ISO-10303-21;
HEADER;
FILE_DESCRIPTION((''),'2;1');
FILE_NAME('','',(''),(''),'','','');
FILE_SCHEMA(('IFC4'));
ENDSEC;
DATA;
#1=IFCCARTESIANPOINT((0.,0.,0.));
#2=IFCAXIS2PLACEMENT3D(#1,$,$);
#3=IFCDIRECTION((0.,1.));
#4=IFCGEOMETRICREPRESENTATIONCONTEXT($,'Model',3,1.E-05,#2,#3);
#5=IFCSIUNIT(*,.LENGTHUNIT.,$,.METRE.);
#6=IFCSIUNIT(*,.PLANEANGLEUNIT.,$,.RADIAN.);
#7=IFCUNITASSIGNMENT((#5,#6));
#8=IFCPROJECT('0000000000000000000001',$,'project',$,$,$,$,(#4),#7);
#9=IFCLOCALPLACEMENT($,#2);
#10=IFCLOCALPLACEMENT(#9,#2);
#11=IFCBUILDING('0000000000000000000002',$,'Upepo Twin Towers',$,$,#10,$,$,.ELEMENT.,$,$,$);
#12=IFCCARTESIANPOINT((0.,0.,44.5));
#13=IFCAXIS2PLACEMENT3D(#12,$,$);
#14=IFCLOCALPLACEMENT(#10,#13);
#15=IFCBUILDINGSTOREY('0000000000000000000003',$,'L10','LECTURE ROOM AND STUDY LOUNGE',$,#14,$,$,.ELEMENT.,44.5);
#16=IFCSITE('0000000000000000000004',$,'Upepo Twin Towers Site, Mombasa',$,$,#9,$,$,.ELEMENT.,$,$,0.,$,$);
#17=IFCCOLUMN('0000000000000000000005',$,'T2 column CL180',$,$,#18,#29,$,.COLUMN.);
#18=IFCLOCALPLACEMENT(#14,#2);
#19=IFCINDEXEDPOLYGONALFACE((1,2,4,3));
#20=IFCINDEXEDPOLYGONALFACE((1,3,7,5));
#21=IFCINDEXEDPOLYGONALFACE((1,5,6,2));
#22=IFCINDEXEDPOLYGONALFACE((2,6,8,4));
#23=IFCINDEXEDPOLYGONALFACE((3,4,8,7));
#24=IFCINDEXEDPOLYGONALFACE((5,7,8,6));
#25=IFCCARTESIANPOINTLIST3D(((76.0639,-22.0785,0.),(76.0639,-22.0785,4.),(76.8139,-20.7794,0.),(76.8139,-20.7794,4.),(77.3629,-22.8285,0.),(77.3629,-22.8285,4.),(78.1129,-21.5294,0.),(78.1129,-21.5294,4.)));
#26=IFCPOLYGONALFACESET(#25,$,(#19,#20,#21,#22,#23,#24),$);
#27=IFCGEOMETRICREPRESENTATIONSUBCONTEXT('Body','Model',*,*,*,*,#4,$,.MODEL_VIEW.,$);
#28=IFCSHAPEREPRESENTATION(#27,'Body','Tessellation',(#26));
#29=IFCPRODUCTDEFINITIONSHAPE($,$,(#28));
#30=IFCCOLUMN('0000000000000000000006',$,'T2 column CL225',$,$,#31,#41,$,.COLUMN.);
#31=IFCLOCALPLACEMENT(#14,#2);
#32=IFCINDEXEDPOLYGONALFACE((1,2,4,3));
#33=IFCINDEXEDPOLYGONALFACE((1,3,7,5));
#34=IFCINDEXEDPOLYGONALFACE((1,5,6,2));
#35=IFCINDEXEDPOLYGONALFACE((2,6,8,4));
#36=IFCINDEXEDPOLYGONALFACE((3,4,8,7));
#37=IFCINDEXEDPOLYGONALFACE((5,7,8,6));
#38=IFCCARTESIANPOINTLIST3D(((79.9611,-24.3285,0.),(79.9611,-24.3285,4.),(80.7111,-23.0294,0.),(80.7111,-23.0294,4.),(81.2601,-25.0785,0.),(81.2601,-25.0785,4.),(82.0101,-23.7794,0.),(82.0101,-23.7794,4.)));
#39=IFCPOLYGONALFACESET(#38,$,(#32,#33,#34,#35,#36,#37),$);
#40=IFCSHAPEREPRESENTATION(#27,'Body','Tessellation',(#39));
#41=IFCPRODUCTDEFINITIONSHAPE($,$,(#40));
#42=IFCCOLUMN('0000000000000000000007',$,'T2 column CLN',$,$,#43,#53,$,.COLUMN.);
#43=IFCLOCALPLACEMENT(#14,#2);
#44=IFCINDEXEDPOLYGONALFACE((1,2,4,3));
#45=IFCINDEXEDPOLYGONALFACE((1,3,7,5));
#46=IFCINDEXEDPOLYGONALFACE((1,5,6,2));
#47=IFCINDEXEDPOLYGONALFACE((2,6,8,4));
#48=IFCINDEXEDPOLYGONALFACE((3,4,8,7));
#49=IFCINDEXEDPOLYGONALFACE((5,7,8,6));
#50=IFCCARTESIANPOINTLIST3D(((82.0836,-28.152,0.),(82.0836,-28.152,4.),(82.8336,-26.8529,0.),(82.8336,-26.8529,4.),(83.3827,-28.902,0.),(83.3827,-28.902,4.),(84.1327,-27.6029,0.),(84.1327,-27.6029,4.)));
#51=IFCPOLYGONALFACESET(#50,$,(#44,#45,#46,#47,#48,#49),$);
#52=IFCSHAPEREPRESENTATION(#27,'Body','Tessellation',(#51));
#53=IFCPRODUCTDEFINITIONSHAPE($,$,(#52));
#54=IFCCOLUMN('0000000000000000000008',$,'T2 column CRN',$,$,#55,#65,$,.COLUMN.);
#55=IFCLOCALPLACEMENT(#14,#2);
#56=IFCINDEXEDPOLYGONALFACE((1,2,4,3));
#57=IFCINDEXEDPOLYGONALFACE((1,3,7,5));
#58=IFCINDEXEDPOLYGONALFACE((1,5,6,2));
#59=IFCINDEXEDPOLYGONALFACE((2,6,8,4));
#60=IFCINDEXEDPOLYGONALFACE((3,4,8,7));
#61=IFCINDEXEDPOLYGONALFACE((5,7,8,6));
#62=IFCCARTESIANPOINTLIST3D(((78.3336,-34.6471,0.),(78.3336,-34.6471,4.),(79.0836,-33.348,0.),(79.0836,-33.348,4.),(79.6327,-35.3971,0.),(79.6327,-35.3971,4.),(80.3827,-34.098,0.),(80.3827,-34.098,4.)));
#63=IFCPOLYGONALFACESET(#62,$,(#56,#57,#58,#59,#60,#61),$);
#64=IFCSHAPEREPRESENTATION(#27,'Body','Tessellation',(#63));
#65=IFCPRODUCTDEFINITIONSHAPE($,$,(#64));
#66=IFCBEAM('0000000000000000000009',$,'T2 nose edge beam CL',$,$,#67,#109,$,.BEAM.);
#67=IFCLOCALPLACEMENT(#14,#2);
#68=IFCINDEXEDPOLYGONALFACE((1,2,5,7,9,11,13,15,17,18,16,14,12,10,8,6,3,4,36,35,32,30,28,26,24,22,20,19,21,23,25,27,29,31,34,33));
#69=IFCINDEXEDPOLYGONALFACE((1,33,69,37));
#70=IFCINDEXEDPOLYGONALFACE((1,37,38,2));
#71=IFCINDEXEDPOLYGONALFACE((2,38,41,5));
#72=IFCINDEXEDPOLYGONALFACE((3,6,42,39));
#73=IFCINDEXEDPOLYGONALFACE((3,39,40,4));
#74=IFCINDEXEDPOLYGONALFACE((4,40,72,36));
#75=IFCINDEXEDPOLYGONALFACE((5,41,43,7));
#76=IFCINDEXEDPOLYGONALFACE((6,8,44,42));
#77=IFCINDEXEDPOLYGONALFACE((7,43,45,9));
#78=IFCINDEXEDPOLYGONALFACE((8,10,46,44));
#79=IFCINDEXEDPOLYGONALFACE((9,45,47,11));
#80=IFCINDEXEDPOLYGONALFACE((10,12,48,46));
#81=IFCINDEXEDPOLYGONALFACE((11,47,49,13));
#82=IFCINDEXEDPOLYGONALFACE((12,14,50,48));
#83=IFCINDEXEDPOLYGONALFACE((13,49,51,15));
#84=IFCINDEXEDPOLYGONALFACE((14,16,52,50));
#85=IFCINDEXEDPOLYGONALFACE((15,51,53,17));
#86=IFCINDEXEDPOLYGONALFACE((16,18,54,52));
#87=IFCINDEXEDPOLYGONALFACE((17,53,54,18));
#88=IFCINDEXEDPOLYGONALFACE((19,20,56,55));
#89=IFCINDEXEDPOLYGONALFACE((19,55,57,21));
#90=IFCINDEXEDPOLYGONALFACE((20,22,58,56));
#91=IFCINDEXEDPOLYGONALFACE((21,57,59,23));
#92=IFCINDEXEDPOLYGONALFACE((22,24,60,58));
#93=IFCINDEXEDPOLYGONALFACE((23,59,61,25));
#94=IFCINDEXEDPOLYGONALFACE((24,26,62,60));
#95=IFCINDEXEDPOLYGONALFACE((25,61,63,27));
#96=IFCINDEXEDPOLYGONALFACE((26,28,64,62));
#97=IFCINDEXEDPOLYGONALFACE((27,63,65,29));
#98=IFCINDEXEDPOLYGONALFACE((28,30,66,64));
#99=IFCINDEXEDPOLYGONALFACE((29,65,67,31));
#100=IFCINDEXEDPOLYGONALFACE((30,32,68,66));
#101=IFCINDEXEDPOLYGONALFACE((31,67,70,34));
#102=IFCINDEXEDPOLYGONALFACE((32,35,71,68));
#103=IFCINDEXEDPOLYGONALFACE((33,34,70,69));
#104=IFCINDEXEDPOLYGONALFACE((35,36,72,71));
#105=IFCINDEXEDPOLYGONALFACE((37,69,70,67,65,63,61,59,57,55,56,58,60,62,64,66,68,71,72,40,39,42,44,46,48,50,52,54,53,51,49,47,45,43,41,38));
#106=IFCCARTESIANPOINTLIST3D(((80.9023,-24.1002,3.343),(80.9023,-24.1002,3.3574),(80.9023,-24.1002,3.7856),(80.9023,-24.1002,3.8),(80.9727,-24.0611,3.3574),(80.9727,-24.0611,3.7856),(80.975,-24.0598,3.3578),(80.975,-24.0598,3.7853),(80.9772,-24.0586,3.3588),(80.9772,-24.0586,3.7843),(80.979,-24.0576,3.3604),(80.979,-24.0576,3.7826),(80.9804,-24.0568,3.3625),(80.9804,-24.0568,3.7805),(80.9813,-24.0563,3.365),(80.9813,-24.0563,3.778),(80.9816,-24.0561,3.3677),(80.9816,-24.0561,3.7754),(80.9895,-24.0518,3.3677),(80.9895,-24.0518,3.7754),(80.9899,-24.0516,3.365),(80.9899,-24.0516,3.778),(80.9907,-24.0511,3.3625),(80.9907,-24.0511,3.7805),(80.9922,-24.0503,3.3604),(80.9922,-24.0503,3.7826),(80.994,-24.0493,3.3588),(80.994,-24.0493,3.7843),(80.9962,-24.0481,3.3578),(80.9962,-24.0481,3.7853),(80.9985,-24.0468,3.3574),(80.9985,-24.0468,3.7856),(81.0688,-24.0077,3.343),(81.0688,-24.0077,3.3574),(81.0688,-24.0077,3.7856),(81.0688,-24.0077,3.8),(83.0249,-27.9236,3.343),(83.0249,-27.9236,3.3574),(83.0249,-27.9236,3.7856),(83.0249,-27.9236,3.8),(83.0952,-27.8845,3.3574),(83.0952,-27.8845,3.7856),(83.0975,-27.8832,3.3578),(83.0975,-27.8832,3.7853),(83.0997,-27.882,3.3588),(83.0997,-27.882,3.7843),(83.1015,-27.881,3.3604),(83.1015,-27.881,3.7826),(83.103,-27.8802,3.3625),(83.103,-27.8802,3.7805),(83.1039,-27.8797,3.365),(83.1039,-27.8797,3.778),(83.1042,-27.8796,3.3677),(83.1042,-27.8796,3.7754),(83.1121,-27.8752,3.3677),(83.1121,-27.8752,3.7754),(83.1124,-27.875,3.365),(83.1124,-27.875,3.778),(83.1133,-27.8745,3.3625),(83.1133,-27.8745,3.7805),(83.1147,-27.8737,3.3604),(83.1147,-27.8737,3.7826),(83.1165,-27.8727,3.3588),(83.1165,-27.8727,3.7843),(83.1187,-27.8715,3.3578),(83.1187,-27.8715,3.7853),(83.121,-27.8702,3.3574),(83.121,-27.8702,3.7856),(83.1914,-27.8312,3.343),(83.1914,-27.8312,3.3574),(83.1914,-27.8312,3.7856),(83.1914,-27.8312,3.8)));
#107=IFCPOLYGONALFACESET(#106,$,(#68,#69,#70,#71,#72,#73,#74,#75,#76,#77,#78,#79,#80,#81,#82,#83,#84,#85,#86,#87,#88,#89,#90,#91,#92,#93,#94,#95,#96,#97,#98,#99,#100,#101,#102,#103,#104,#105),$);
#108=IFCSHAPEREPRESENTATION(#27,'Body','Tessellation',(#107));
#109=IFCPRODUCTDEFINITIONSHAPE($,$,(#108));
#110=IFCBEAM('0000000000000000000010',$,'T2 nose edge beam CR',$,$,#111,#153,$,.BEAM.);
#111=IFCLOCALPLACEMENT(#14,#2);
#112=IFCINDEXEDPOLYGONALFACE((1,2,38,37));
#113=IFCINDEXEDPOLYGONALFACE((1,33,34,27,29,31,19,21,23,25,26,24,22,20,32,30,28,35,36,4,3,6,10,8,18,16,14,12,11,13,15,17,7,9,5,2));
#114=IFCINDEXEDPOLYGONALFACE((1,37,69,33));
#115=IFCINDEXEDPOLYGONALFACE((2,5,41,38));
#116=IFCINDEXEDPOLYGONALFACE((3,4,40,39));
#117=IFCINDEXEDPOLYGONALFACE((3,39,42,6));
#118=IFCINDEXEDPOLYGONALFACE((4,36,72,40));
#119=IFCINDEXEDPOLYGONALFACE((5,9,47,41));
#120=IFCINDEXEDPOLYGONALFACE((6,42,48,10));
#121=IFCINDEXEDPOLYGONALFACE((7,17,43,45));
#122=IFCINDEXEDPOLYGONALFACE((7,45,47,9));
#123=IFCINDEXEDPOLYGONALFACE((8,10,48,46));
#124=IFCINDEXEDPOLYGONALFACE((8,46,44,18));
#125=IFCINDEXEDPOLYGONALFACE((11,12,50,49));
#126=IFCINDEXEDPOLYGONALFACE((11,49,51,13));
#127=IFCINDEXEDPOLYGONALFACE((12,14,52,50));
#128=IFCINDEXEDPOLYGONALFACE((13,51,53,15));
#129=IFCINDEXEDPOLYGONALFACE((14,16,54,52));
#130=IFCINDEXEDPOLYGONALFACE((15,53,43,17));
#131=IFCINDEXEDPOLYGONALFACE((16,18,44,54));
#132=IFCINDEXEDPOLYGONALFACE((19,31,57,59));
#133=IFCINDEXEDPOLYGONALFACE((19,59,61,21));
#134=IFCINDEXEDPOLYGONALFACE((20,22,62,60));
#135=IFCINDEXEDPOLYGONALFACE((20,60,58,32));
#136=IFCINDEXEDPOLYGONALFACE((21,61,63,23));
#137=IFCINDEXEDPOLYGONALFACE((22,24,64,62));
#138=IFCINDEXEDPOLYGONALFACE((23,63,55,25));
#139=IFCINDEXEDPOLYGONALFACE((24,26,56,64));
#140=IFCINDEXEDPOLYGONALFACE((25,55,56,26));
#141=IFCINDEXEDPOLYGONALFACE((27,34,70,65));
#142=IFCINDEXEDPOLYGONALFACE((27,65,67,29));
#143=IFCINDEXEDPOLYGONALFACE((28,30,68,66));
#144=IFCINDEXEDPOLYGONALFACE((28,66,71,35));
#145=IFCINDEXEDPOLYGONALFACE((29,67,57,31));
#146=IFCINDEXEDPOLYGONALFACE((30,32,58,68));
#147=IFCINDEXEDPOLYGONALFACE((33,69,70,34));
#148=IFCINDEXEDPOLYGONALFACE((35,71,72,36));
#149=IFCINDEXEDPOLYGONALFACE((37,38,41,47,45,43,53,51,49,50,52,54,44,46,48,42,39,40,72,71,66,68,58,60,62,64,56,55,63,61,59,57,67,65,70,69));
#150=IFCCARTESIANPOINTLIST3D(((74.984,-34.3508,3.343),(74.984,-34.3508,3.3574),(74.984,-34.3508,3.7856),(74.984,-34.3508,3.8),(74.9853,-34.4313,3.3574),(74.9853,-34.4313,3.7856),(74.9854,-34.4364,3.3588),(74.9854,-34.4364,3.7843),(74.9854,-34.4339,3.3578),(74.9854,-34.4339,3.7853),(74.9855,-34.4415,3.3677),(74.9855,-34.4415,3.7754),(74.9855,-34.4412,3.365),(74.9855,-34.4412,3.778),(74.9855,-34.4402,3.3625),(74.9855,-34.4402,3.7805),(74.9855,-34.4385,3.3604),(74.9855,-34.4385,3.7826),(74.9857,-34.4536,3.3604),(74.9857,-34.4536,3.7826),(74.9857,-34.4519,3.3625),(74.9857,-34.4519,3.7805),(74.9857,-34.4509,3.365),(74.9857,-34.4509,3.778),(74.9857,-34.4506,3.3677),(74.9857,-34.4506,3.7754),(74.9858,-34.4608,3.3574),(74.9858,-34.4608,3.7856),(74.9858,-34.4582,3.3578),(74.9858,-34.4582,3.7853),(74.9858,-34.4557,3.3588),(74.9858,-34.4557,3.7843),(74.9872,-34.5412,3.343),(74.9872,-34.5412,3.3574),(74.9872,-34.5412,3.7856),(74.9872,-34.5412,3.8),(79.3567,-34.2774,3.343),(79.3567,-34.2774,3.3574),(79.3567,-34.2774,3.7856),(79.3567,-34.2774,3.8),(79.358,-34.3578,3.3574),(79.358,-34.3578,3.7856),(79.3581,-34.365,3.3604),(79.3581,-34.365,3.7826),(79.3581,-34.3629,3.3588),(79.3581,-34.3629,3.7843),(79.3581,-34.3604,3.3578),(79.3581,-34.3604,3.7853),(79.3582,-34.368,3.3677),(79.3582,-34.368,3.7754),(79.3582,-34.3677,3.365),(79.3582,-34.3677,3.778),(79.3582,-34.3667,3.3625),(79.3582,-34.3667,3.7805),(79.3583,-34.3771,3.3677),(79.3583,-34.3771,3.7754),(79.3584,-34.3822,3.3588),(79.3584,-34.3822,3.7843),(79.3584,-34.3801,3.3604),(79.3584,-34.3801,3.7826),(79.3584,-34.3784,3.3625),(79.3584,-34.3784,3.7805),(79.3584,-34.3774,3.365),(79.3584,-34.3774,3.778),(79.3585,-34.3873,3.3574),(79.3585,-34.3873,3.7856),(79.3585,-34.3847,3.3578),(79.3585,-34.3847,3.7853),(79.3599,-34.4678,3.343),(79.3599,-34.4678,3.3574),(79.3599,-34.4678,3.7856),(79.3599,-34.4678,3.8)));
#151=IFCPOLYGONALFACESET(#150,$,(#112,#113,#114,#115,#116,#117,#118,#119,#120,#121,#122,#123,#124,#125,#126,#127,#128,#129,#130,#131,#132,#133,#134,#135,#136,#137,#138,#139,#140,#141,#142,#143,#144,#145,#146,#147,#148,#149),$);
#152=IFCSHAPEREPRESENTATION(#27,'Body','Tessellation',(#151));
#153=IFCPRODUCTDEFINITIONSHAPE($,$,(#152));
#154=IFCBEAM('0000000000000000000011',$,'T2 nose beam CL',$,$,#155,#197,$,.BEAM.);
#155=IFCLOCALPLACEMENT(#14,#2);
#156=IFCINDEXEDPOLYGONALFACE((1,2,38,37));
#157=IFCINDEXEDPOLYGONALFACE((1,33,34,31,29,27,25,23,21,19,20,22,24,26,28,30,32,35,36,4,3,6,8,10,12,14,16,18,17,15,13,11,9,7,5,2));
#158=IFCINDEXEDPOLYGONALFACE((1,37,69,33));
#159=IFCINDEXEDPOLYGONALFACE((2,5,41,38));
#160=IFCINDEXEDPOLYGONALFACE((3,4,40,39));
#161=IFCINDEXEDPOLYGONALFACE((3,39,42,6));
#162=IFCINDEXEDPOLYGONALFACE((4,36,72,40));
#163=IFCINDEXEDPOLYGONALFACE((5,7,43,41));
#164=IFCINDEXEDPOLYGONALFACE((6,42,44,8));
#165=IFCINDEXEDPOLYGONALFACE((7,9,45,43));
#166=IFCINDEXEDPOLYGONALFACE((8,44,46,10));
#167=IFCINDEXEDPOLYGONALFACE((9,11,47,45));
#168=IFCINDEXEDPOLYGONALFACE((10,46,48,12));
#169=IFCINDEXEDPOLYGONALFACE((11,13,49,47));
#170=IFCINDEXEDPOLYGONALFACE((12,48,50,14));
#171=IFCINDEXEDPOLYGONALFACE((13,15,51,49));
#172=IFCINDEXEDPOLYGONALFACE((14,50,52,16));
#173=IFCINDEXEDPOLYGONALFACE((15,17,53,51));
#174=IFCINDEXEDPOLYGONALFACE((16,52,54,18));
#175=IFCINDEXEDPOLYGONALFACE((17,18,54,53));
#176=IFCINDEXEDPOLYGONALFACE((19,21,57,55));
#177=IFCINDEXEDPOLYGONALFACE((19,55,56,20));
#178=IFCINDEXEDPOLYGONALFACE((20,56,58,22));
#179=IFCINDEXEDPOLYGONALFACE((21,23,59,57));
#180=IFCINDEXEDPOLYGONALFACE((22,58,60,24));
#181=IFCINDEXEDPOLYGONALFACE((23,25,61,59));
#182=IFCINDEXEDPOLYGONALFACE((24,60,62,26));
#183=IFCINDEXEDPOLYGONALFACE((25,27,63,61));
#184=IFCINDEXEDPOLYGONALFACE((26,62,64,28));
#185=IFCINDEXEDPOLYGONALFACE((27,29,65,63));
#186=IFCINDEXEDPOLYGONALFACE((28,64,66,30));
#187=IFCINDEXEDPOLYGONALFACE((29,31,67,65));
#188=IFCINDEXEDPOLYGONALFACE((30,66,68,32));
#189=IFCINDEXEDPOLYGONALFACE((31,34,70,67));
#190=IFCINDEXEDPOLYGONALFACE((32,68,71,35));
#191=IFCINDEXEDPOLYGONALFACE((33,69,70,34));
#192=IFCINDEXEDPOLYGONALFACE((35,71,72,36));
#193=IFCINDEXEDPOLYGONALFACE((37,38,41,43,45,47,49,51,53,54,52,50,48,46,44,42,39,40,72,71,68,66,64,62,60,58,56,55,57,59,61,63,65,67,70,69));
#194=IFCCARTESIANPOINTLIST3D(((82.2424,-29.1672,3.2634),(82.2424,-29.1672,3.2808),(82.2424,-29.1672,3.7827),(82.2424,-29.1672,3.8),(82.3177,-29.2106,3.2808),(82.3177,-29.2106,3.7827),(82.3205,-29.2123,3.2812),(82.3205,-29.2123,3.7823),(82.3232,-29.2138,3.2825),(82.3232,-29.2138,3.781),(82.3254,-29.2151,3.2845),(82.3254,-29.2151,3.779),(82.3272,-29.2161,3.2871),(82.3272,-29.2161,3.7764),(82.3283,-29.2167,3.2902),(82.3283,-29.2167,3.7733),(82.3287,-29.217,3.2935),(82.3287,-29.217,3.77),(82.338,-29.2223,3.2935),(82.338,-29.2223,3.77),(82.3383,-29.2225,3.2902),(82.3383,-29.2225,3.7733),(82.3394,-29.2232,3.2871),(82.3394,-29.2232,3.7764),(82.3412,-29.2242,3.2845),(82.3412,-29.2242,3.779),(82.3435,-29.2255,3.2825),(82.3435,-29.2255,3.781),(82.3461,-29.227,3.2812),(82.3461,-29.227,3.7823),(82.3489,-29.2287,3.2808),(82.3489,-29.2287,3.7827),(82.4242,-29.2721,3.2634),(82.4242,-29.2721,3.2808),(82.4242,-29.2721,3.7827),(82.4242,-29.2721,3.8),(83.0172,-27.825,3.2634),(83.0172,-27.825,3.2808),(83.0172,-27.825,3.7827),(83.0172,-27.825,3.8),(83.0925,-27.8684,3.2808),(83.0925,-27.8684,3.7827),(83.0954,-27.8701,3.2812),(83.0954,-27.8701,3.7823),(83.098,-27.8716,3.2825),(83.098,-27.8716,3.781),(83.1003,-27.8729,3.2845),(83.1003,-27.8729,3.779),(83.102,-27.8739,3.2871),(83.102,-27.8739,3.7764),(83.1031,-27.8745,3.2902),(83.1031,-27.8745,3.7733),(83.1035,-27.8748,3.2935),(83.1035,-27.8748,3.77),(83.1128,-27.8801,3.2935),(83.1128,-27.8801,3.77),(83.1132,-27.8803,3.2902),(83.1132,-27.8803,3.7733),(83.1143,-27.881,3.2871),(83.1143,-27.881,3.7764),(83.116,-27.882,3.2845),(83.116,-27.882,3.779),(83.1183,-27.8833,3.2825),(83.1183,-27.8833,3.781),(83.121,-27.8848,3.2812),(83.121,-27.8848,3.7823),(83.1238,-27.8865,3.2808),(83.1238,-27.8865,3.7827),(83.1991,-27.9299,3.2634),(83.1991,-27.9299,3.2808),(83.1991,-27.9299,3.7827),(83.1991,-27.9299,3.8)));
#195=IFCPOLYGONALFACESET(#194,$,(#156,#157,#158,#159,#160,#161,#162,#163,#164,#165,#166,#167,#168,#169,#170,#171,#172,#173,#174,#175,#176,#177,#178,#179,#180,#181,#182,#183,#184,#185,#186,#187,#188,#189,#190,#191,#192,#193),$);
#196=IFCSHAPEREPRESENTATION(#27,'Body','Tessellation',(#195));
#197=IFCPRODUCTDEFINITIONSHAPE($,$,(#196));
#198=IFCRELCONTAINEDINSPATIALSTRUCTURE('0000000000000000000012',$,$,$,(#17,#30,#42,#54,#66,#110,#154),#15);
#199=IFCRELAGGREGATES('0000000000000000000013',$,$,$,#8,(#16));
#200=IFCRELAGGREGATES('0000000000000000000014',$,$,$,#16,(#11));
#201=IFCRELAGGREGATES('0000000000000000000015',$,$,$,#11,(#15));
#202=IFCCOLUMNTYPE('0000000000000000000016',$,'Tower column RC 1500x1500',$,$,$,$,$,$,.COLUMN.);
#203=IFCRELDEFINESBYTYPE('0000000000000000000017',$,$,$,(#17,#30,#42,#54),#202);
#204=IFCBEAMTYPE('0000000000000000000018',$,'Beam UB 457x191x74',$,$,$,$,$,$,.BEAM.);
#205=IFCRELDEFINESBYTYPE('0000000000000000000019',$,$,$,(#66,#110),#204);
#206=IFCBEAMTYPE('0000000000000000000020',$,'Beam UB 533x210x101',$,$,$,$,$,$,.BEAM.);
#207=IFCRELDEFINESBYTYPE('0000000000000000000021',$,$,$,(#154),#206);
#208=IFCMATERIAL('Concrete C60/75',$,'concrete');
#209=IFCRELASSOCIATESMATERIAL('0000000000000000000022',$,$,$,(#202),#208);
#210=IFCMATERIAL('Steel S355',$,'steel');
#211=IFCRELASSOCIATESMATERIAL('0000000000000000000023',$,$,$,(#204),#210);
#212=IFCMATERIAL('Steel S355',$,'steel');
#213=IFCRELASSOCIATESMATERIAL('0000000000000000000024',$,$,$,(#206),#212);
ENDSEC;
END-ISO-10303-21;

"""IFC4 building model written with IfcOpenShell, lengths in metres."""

from ifc_helpers import new_model, si_unit, direction, frame, origin, origin_2d, place, context, subcontext, project, spatial, rectangle, i_section, extrude, material, material_profile, profile_set, type_object, element, save


model = new_model("IFC4")

# Units and contexts
model_context = context("Model", 3, precision=1e-05, world=origin(), true_north=direction((0.0, 1.0)))
body_context = subcontext(model_context, "Body", "Model", "MODEL_VIEW")
ifc_project = project(units=[si_unit("LENGTHUNIT", "METRE"), si_unit("PLANEANGLEUNIT", "RADIAN")], contexts=[model_context])

# Site, building, storey
site_placement = place(None, origin())
site = spatial("IfcSite", under=ifc_project, at=site_placement, Name="Upepo Twin Towers Site, Mombasa", CompositionType="ELEMENT", RefElevation=0.0)
building_placement = place(site_placement, origin())
building = spatial("IfcBuilding", under=site, at=building_placement, Name="Upepo Twin Towers", CompositionType="ELEMENT")
storey_placement = place(building_placement, frame((0.0, 0.0, 44.5)))
storey = spatial("IfcBuildingStorey", under=building, at=storey_placement, Name="L10", Description="LECTURE ROOM AND STUDY LOUNGE", CompositionType="ELEMENT", Elevation=44.5)

# Columns
ifc_material_1 = material(Name="Concrete C60/75", Category="concrete")
ifc_material_profile_1 = material_profile(ifc_material_1, rectangle(XDim=1.5, YDim=1.5, at=origin_2d()), Name="RC 1500x1500")
ifc_profile_set_1 = profile_set([ifc_material_profile_1], Name="Concrete C60/75")
column_type = type_object("IfcColumnType", Name="Tower column RC 1500x1500", PredefinedType="COLUMN", material=ifc_profile_set_1)
for number, where, z_axis, x_axis, name in (
    (1, (77.0884, -21.804, 0.0), (0.0, 0.0, 1.0), (0.5, 0.866025, 0.0), "T2 column CL180"),
    (2, (80.9856, -24.054, 0.0), (0.0, 0.0, 1.0), (0.5, 0.866025, 0.0), "T2 column CL225"),
    (3, (83.1082, -27.8774, 0.0), (0.0, 0.0, 1.0), (0.5, 0.866025, 0.0), "T2 column CLN"),
    (4, (79.3582, -34.3726, 0.0), (0.0, 0.0, 1.0), (0.5, 0.866025, 0.0), "T2 column CRN"),
):
    element("IfcColumn", number, at=place(storey_placement, frame(where, z_axis=z_axis, x_axis=x_axis)), inside=storey, type_object=column_type, Name=name, PredefinedType="COLUMN", context=body_context, shape_type="SweptSolid", body=[
        extrude(rectangle(XDim=1.5, YDim=1.5, at=origin_2d()), origin(), (0.0, 0.0, 1.0), 4.0),
    ])

# Beams
ifc_material_2 = material(Name="Steel S355", Category="steel")
ifc_material_profile_2 = material_profile(ifc_material_2, i_section(OverallWidth=0.1904, OverallDepth=0.457, WebThickness=0.009, FlangeThickness=0.0144, FilletRadius=0.0103, at=origin_2d()), Name="UB 457x191x74")
ifc_profile_set_2 = profile_set([ifc_material_profile_2], Name="Steel S355")
beam_type_1 = type_object("IfcBeamType", Name="Beam UB 457x191x74", PredefinedType="BEAM", material=ifc_profile_set_2)
beam_1_placement = place(storey_placement, frame((80.9856, -24.054, 3.5715), z_axis=(0.485363, -0.874313, 0.0), x_axis=(0.874313, 0.485363, 0.0)))
element("IfcBeam", 5, at=beam_1_placement, inside=storey, type_object=beam_type_1, Name="T2 nose edge beam CL", PredefinedType="BEAM", context=body_context, shape_type="SweptSolid", body=[
    extrude(i_section(OverallWidth=0.1904, OverallDepth=0.457, WebThickness=0.009, FlangeThickness=0.0144, FilletRadius=0.0103, at=origin_2d()), origin(), (0.0, 0.0, 1.0), 4.373),
])
beam_2_placement = place(storey_placement, frame((74.9856, -34.446, 3.5715), z_axis=(0.999859, 0.016804, 0.0), x_axis=(-0.016804, 0.999859, 0.0)))
element("IfcBeam", 6, at=beam_2_placement, inside=storey, type_object=beam_type_1, Name="T2 nose edge beam CR", PredefinedType="BEAM", context=body_context, shape_type="SweptSolid", body=[
    extrude(i_section(OverallWidth=0.1904, OverallDepth=0.457, WebThickness=0.009, FlangeThickness=0.0144, FilletRadius=0.0103, at=origin_2d()), origin(), (0.0, 0.0, 1.0), 4.3733),
])
ifc_material_3 = material(Name="Steel S355", Category="steel")
ifc_material_profile_3 = material_profile(ifc_material_3, i_section(OverallWidth=0.21, OverallDepth=0.5366, WebThickness=0.0107, FlangeThickness=0.0173, FilletRadius=0.0127, at=origin_2d()), Name="UB 533x210x101")
ifc_profile_set_3 = profile_set([ifc_material_profile_3], Name="Steel S355")
beam_type_2 = type_object("IfcBeamType", Name="Beam UB 533x210x101", PredefinedType="BEAM", material=ifc_profile_set_3)
for number, where, z_axis, x_axis, name in (
    (7, (83.1082, -27.8774, 3.5317), (-0.499968, -0.866044, 0.0), (0.866044, -0.499968, 0.0), "T2 nose beam CL"),
):
    element("IfcBeam", number, at=place(storey_placement, frame(where, z_axis=z_axis, x_axis=x_axis)), inside=storey, type_object=beam_type_2, Name=name, PredefinedType="BEAM", context=body_context, shape_type="SweptSolid", body=[
        extrude(i_section(OverallWidth=0.21, OverallDepth=0.5366, WebThickness=0.0107, FlangeThickness=0.0173, FilletRadius=0.0127, at=origin_2d()), origin(), (0.0, 0.0, 1.0), 1.5498),
    ])

save(model, "model.ifc")
